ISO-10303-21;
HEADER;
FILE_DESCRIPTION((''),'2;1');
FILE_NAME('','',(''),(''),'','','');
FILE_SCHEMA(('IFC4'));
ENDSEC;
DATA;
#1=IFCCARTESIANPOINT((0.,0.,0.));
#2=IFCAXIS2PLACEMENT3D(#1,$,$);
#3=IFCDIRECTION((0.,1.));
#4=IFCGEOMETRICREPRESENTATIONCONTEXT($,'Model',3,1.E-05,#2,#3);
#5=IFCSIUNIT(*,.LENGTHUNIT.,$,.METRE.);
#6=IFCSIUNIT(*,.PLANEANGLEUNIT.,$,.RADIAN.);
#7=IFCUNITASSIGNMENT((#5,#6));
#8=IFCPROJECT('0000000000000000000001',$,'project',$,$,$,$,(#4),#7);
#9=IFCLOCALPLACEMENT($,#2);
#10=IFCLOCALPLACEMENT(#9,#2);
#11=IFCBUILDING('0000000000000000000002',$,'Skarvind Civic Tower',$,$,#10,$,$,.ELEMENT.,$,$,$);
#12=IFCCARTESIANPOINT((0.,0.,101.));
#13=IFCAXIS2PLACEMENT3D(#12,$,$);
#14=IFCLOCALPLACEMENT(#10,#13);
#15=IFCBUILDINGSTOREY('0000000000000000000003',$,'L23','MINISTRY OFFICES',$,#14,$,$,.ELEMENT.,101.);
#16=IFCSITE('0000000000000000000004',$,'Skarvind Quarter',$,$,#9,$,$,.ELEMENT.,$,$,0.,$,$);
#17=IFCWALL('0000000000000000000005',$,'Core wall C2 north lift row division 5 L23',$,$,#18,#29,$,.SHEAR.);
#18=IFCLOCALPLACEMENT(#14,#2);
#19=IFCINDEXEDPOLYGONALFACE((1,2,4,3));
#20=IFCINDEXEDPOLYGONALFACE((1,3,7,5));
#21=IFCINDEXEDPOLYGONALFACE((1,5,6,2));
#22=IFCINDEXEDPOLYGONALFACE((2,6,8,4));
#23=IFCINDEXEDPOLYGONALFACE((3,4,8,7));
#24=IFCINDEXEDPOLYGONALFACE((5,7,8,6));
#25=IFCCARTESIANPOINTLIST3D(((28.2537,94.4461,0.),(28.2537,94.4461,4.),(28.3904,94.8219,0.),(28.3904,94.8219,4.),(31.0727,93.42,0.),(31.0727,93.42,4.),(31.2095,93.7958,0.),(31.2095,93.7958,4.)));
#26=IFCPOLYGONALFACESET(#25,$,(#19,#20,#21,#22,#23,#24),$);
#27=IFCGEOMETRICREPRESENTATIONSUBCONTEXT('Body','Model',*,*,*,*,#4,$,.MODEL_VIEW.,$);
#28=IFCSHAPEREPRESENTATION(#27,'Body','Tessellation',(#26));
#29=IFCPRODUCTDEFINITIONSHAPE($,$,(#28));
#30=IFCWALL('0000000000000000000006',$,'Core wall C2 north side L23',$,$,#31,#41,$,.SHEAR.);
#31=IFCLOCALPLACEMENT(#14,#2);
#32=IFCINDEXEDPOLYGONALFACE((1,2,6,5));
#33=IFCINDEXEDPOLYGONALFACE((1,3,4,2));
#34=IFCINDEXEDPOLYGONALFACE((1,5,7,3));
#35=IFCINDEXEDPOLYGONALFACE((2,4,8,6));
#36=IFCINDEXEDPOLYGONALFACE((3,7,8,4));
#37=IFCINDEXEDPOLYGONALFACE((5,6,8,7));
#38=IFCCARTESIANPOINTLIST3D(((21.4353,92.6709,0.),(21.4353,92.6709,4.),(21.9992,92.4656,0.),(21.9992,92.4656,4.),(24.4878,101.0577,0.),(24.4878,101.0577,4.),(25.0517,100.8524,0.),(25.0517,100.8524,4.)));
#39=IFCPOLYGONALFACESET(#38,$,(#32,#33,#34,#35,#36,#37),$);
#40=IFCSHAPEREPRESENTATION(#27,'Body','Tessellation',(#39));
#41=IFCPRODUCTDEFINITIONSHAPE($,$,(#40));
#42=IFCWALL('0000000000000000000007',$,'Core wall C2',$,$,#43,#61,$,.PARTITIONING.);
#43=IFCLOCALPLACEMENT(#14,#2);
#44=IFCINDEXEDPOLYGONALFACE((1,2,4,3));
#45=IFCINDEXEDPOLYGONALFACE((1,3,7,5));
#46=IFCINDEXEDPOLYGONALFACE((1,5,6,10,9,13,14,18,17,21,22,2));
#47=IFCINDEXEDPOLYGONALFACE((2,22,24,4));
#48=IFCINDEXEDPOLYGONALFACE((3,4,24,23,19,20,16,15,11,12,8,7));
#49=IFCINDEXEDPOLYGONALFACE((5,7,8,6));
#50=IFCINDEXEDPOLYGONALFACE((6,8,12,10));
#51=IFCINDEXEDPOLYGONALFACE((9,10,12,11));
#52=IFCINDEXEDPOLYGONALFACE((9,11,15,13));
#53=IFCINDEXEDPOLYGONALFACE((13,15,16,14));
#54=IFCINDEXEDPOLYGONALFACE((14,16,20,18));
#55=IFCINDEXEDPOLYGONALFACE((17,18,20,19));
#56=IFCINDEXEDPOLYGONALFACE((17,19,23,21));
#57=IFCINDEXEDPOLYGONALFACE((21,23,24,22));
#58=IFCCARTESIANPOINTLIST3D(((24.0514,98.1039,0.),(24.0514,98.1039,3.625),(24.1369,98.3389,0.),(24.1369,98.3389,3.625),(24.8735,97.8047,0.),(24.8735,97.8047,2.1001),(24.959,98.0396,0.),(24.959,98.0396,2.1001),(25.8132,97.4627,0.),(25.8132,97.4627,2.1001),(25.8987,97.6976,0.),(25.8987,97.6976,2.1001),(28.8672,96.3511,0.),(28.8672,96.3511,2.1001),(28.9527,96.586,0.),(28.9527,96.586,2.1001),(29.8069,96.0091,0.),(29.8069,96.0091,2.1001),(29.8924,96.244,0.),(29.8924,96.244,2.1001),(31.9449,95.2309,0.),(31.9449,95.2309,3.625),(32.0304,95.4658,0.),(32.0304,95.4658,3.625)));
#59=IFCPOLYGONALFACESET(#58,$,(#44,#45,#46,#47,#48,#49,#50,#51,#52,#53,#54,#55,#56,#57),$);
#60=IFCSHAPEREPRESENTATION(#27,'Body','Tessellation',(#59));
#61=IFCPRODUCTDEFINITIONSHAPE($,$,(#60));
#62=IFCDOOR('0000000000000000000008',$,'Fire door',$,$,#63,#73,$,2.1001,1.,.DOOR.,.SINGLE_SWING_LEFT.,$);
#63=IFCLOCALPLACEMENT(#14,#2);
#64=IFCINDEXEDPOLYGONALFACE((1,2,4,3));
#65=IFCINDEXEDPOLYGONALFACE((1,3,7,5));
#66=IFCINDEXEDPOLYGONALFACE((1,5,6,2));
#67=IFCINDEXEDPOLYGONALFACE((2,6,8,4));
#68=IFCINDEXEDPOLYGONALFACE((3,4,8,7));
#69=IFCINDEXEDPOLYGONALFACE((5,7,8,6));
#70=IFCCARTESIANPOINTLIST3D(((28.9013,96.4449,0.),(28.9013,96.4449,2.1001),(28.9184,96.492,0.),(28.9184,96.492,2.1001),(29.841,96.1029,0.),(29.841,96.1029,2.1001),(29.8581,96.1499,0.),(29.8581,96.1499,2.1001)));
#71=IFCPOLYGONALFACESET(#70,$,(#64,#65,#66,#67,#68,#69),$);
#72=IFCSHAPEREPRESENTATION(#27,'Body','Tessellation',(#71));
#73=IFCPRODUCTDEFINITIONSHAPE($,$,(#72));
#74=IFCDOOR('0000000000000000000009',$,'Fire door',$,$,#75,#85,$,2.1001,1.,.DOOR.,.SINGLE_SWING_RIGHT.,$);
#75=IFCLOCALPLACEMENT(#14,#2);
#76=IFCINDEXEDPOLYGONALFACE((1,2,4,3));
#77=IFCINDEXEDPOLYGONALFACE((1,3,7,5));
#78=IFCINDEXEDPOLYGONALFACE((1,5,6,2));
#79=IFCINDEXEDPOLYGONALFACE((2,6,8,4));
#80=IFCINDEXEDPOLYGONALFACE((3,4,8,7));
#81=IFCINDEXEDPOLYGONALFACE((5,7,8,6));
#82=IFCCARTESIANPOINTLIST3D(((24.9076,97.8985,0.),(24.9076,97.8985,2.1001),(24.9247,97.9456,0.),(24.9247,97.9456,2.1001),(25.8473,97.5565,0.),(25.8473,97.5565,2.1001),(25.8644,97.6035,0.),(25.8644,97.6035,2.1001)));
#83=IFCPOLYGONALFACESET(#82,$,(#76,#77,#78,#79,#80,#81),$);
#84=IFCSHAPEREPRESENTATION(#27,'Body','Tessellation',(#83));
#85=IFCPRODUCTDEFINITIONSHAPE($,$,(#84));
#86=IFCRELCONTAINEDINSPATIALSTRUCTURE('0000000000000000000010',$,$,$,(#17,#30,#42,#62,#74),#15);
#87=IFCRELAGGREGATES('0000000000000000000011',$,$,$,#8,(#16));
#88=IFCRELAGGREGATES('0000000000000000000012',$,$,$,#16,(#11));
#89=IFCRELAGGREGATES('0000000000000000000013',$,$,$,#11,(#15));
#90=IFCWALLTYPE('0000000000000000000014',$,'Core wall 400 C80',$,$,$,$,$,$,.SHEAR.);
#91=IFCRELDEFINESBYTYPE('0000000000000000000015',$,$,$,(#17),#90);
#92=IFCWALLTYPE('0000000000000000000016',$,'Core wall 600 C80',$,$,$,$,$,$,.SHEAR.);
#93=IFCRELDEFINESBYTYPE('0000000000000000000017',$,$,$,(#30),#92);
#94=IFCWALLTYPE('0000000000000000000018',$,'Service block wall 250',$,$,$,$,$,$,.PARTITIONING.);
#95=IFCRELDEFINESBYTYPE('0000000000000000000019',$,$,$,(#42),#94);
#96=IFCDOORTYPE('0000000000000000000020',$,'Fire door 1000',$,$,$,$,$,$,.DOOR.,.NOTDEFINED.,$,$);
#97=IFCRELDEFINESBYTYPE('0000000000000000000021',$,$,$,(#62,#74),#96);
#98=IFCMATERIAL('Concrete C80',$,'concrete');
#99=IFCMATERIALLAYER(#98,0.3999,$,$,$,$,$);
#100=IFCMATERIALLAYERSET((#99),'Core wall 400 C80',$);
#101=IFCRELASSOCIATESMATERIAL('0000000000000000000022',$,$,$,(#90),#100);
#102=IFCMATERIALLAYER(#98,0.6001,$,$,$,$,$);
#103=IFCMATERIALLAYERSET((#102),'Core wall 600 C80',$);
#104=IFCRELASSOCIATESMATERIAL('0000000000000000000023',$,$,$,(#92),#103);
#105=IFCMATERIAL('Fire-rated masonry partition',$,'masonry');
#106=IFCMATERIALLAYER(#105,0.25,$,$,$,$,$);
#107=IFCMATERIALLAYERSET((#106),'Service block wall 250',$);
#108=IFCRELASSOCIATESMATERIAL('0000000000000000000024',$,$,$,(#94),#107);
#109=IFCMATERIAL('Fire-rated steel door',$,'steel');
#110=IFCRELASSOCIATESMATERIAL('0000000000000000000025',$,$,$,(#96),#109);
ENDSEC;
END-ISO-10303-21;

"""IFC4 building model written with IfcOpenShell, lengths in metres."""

from ifc_helpers import new_model, si_unit, direction, frame, frame_2d, origin, place, context, subcontext, project, spatial, rectangle, extrude, material, layer, layer_set, type_object, element, fill, save


model = new_model("IFC4")

# Units and contexts
model_context = context("Model", 3, precision=1e-05, world=origin(), true_north=direction((0.0, 1.0)))
body_context = subcontext(model_context, "Body", "Model", "MODEL_VIEW")
ifc_project = project(units=[si_unit("LENGTHUNIT", "METRE"), si_unit("PLANEANGLEUNIT", "RADIAN")], contexts=[model_context])

# Site, building, storey
site_placement = place(None, origin())
site = spatial("IfcSite", under=ifc_project, at=site_placement, Name="Skarvind Quarter", CompositionType="ELEMENT", RefElevation=0.0)
building_placement = place(site_placement, origin())
building = spatial("IfcBuilding", under=site, at=building_placement, Name="Skarvind Civic Tower", CompositionType="ELEMENT")
storey_placement = place(building_placement, frame((0.0, 0.0, 101.0)))
storey = spatial("IfcBuildingStorey", under=building, at=storey_placement, Name="L23", Description="MINISTRY OFFICES", CompositionType="ELEMENT", Elevation=101.0)

# Shared definitions
ifc_material_1 = material(Name="Concrete C80", Category="concrete")

# Shared definitions
ifc_material_2 = material(Name="Fire-rated masonry partition", Category="masonry")
ifc_material_3 = material(Name="Fire-rated steel door", Category="steel")

# Walls
ifc_layer_1 = layer(ifc_material_1, 0.3999)
ifc_layer_set_1 = layer_set([ifc_layer_1], Name="Core wall 400 C80")
wall_type_1 = type_object("IfcWallType", Name="Core wall 400 C80", PredefinedType="SHEAR", material=ifc_layer_set_1)
wall_1_placement = place(storey_placement, frame((31.1411, 93.6079, 0.0), z_axis=(0.0, 0.0, 1.0), x_axis=(-0.939686, 0.342037, 0.0)))
element("IfcWall", 1, at=wall_1_placement, inside=storey, type_object=wall_type_1, Name="Core wall C2 north lift row division 5 L23", PredefinedType="SHEAR", context=body_context, shape_type="SweptSolid", body=[
    extrude(rectangle(XDim=3.0, YDim=0.3999, at=frame_2d((1.5, 0.0))), origin(), (0.0, 0.0, 1.0), 4.0),
])
ifc_layer_2 = layer(ifc_material_1, 0.6001)
ifc_layer_set_2 = layer_set([ifc_layer_2], Name="Core wall 600 C80")
wall_type_2 = type_object("IfcWallType", Name="Core wall 600 C80", PredefinedType="SHEAR", material=ifc_layer_set_2)
wall_2_placement = place(storey_placement, frame((21.7173, 92.5684, 0.0), z_axis=(0.0, 0.0, 1.0), x_axis=(0.342018, 0.939694, 0.0)))
element("IfcWall", 2, at=wall_2_placement, inside=storey, type_object=wall_type_2, Name="Core wall C2 north side L23", PredefinedType="SHEAR", context=body_context, shape_type="SweptSolid", body=[
    extrude(rectangle(XDim=8.925, YDim=0.6001, at=frame_2d((4.4624, 0.0))), origin(), (0.0, 0.0, 1.0), 4.0),
])

# Wall, openings, doors
ifc_layer_3 = layer(ifc_material_2, 0.25)
ifc_layer_set_3 = layer_set([ifc_layer_3], Name="Service block wall 250")
wall_type_3 = type_object("IfcWallType", Name="Service block wall 250", PredefinedType="PARTITIONING", material=ifc_layer_set_3)
wall_3_placement = place(storey_placement, frame((24.094, 98.2214, 0.0), z_axis=(0.0, 0.0, 1.0), x_axis=(0.939692, -0.342023, 0.0)))
wall_3 = element("IfcWall", 3, at=wall_3_placement, inside=storey, type_object=wall_type_3, Name="Core wall C2", PredefinedType="PARTITIONING", context=body_context, shape_type="SweptSolid", body=[
    extrude(rectangle(XDim=8.4001, YDim=0.25, at=frame_2d((4.2002, 0.0))), origin(), (0.0, 0.0, 1.0), 3.625),
])
opening_1_placement = place(wall_3_placement, frame((5.125, 0.0, 0.0)))
opening_1 = element("IfcOpeningElement", 4, at=opening_1_placement, cuts=wall_3, PredefinedType="OPENING", context=body_context, shape_type="SweptSolid", body=[
    extrude(rectangle(XDim=1.0, YDim=2.1001, at=frame_2d((0.5, 1.05))), frame((0.0, 0.135, 0.0), z_axis=(0.0, -1.0, 0.0), x_axis=(1.0, 0.0, 0.0)), (0.0, 0.0, 1.0), 0.27),
])
opening_2_placement = place(wall_3_placement, frame((0.875, 0.0, 0.0)))
opening_2 = element("IfcOpeningElement", 5, at=opening_2_placement, cuts=wall_3, PredefinedType="OPENING", context=body_context, shape_type="SweptSolid", body=[
    extrude(rectangle(XDim=1.0, YDim=2.1001, at=frame_2d((0.5, 1.05))), frame((0.0, 0.135, 0.0), z_axis=(0.0, -1.0, 0.0), x_axis=(1.0, 0.0, 0.0)), (0.0, 0.0, 1.0), 0.27),
])
door_type_1 = type_object("IfcDoorType", Name="Fire door 1000", OperationType="NOTDEFINED", PredefinedType="DOOR", material=ifc_material_3)
door_1_placement = place(opening_1_placement, origin())
door_1 = element("IfcDoor", 6, at=door_1_placement, inside=storey, type_object=door_type_1, Name="Fire door", OperationType="SINGLE_SWING_LEFT", OverallHeight=2.1001, OverallWidth=1.0, PredefinedType="DOOR", context=body_context, shape_type="SweptSolid", body=[
    extrude(rectangle(XDim=1.0, YDim=2.1001, at=frame_2d((0.5, 1.05))), frame((0.0, 0.0249, 0.0), z_axis=(0.0, -1.0, 0.0), x_axis=(1.0, 0.0, 0.0)), (0.0, 0.0, 1.0), 0.05),
])
fill(opening_1, door_1)
door_2_placement = place(opening_2_placement, origin())
door_2 = element("IfcDoor", 7, at=door_2_placement, inside=storey, type_object=door_type_1, Name="Fire door", OperationType="SINGLE_SWING_RIGHT", OverallHeight=2.1001, OverallWidth=1.0, PredefinedType="DOOR", context=body_context, shape_type="SweptSolid", body=[
    extrude(rectangle(XDim=1.0, YDim=2.1001, at=frame_2d((0.5, 1.05))), frame((0.0, 0.0249, 0.0), z_axis=(0.0, -1.0, 0.0), x_axis=(1.0, 0.0, 0.0)), (0.0, 0.0, 1.0), 0.05),
])
fill(opening_2, door_2)

save(model, "model.ifc")
